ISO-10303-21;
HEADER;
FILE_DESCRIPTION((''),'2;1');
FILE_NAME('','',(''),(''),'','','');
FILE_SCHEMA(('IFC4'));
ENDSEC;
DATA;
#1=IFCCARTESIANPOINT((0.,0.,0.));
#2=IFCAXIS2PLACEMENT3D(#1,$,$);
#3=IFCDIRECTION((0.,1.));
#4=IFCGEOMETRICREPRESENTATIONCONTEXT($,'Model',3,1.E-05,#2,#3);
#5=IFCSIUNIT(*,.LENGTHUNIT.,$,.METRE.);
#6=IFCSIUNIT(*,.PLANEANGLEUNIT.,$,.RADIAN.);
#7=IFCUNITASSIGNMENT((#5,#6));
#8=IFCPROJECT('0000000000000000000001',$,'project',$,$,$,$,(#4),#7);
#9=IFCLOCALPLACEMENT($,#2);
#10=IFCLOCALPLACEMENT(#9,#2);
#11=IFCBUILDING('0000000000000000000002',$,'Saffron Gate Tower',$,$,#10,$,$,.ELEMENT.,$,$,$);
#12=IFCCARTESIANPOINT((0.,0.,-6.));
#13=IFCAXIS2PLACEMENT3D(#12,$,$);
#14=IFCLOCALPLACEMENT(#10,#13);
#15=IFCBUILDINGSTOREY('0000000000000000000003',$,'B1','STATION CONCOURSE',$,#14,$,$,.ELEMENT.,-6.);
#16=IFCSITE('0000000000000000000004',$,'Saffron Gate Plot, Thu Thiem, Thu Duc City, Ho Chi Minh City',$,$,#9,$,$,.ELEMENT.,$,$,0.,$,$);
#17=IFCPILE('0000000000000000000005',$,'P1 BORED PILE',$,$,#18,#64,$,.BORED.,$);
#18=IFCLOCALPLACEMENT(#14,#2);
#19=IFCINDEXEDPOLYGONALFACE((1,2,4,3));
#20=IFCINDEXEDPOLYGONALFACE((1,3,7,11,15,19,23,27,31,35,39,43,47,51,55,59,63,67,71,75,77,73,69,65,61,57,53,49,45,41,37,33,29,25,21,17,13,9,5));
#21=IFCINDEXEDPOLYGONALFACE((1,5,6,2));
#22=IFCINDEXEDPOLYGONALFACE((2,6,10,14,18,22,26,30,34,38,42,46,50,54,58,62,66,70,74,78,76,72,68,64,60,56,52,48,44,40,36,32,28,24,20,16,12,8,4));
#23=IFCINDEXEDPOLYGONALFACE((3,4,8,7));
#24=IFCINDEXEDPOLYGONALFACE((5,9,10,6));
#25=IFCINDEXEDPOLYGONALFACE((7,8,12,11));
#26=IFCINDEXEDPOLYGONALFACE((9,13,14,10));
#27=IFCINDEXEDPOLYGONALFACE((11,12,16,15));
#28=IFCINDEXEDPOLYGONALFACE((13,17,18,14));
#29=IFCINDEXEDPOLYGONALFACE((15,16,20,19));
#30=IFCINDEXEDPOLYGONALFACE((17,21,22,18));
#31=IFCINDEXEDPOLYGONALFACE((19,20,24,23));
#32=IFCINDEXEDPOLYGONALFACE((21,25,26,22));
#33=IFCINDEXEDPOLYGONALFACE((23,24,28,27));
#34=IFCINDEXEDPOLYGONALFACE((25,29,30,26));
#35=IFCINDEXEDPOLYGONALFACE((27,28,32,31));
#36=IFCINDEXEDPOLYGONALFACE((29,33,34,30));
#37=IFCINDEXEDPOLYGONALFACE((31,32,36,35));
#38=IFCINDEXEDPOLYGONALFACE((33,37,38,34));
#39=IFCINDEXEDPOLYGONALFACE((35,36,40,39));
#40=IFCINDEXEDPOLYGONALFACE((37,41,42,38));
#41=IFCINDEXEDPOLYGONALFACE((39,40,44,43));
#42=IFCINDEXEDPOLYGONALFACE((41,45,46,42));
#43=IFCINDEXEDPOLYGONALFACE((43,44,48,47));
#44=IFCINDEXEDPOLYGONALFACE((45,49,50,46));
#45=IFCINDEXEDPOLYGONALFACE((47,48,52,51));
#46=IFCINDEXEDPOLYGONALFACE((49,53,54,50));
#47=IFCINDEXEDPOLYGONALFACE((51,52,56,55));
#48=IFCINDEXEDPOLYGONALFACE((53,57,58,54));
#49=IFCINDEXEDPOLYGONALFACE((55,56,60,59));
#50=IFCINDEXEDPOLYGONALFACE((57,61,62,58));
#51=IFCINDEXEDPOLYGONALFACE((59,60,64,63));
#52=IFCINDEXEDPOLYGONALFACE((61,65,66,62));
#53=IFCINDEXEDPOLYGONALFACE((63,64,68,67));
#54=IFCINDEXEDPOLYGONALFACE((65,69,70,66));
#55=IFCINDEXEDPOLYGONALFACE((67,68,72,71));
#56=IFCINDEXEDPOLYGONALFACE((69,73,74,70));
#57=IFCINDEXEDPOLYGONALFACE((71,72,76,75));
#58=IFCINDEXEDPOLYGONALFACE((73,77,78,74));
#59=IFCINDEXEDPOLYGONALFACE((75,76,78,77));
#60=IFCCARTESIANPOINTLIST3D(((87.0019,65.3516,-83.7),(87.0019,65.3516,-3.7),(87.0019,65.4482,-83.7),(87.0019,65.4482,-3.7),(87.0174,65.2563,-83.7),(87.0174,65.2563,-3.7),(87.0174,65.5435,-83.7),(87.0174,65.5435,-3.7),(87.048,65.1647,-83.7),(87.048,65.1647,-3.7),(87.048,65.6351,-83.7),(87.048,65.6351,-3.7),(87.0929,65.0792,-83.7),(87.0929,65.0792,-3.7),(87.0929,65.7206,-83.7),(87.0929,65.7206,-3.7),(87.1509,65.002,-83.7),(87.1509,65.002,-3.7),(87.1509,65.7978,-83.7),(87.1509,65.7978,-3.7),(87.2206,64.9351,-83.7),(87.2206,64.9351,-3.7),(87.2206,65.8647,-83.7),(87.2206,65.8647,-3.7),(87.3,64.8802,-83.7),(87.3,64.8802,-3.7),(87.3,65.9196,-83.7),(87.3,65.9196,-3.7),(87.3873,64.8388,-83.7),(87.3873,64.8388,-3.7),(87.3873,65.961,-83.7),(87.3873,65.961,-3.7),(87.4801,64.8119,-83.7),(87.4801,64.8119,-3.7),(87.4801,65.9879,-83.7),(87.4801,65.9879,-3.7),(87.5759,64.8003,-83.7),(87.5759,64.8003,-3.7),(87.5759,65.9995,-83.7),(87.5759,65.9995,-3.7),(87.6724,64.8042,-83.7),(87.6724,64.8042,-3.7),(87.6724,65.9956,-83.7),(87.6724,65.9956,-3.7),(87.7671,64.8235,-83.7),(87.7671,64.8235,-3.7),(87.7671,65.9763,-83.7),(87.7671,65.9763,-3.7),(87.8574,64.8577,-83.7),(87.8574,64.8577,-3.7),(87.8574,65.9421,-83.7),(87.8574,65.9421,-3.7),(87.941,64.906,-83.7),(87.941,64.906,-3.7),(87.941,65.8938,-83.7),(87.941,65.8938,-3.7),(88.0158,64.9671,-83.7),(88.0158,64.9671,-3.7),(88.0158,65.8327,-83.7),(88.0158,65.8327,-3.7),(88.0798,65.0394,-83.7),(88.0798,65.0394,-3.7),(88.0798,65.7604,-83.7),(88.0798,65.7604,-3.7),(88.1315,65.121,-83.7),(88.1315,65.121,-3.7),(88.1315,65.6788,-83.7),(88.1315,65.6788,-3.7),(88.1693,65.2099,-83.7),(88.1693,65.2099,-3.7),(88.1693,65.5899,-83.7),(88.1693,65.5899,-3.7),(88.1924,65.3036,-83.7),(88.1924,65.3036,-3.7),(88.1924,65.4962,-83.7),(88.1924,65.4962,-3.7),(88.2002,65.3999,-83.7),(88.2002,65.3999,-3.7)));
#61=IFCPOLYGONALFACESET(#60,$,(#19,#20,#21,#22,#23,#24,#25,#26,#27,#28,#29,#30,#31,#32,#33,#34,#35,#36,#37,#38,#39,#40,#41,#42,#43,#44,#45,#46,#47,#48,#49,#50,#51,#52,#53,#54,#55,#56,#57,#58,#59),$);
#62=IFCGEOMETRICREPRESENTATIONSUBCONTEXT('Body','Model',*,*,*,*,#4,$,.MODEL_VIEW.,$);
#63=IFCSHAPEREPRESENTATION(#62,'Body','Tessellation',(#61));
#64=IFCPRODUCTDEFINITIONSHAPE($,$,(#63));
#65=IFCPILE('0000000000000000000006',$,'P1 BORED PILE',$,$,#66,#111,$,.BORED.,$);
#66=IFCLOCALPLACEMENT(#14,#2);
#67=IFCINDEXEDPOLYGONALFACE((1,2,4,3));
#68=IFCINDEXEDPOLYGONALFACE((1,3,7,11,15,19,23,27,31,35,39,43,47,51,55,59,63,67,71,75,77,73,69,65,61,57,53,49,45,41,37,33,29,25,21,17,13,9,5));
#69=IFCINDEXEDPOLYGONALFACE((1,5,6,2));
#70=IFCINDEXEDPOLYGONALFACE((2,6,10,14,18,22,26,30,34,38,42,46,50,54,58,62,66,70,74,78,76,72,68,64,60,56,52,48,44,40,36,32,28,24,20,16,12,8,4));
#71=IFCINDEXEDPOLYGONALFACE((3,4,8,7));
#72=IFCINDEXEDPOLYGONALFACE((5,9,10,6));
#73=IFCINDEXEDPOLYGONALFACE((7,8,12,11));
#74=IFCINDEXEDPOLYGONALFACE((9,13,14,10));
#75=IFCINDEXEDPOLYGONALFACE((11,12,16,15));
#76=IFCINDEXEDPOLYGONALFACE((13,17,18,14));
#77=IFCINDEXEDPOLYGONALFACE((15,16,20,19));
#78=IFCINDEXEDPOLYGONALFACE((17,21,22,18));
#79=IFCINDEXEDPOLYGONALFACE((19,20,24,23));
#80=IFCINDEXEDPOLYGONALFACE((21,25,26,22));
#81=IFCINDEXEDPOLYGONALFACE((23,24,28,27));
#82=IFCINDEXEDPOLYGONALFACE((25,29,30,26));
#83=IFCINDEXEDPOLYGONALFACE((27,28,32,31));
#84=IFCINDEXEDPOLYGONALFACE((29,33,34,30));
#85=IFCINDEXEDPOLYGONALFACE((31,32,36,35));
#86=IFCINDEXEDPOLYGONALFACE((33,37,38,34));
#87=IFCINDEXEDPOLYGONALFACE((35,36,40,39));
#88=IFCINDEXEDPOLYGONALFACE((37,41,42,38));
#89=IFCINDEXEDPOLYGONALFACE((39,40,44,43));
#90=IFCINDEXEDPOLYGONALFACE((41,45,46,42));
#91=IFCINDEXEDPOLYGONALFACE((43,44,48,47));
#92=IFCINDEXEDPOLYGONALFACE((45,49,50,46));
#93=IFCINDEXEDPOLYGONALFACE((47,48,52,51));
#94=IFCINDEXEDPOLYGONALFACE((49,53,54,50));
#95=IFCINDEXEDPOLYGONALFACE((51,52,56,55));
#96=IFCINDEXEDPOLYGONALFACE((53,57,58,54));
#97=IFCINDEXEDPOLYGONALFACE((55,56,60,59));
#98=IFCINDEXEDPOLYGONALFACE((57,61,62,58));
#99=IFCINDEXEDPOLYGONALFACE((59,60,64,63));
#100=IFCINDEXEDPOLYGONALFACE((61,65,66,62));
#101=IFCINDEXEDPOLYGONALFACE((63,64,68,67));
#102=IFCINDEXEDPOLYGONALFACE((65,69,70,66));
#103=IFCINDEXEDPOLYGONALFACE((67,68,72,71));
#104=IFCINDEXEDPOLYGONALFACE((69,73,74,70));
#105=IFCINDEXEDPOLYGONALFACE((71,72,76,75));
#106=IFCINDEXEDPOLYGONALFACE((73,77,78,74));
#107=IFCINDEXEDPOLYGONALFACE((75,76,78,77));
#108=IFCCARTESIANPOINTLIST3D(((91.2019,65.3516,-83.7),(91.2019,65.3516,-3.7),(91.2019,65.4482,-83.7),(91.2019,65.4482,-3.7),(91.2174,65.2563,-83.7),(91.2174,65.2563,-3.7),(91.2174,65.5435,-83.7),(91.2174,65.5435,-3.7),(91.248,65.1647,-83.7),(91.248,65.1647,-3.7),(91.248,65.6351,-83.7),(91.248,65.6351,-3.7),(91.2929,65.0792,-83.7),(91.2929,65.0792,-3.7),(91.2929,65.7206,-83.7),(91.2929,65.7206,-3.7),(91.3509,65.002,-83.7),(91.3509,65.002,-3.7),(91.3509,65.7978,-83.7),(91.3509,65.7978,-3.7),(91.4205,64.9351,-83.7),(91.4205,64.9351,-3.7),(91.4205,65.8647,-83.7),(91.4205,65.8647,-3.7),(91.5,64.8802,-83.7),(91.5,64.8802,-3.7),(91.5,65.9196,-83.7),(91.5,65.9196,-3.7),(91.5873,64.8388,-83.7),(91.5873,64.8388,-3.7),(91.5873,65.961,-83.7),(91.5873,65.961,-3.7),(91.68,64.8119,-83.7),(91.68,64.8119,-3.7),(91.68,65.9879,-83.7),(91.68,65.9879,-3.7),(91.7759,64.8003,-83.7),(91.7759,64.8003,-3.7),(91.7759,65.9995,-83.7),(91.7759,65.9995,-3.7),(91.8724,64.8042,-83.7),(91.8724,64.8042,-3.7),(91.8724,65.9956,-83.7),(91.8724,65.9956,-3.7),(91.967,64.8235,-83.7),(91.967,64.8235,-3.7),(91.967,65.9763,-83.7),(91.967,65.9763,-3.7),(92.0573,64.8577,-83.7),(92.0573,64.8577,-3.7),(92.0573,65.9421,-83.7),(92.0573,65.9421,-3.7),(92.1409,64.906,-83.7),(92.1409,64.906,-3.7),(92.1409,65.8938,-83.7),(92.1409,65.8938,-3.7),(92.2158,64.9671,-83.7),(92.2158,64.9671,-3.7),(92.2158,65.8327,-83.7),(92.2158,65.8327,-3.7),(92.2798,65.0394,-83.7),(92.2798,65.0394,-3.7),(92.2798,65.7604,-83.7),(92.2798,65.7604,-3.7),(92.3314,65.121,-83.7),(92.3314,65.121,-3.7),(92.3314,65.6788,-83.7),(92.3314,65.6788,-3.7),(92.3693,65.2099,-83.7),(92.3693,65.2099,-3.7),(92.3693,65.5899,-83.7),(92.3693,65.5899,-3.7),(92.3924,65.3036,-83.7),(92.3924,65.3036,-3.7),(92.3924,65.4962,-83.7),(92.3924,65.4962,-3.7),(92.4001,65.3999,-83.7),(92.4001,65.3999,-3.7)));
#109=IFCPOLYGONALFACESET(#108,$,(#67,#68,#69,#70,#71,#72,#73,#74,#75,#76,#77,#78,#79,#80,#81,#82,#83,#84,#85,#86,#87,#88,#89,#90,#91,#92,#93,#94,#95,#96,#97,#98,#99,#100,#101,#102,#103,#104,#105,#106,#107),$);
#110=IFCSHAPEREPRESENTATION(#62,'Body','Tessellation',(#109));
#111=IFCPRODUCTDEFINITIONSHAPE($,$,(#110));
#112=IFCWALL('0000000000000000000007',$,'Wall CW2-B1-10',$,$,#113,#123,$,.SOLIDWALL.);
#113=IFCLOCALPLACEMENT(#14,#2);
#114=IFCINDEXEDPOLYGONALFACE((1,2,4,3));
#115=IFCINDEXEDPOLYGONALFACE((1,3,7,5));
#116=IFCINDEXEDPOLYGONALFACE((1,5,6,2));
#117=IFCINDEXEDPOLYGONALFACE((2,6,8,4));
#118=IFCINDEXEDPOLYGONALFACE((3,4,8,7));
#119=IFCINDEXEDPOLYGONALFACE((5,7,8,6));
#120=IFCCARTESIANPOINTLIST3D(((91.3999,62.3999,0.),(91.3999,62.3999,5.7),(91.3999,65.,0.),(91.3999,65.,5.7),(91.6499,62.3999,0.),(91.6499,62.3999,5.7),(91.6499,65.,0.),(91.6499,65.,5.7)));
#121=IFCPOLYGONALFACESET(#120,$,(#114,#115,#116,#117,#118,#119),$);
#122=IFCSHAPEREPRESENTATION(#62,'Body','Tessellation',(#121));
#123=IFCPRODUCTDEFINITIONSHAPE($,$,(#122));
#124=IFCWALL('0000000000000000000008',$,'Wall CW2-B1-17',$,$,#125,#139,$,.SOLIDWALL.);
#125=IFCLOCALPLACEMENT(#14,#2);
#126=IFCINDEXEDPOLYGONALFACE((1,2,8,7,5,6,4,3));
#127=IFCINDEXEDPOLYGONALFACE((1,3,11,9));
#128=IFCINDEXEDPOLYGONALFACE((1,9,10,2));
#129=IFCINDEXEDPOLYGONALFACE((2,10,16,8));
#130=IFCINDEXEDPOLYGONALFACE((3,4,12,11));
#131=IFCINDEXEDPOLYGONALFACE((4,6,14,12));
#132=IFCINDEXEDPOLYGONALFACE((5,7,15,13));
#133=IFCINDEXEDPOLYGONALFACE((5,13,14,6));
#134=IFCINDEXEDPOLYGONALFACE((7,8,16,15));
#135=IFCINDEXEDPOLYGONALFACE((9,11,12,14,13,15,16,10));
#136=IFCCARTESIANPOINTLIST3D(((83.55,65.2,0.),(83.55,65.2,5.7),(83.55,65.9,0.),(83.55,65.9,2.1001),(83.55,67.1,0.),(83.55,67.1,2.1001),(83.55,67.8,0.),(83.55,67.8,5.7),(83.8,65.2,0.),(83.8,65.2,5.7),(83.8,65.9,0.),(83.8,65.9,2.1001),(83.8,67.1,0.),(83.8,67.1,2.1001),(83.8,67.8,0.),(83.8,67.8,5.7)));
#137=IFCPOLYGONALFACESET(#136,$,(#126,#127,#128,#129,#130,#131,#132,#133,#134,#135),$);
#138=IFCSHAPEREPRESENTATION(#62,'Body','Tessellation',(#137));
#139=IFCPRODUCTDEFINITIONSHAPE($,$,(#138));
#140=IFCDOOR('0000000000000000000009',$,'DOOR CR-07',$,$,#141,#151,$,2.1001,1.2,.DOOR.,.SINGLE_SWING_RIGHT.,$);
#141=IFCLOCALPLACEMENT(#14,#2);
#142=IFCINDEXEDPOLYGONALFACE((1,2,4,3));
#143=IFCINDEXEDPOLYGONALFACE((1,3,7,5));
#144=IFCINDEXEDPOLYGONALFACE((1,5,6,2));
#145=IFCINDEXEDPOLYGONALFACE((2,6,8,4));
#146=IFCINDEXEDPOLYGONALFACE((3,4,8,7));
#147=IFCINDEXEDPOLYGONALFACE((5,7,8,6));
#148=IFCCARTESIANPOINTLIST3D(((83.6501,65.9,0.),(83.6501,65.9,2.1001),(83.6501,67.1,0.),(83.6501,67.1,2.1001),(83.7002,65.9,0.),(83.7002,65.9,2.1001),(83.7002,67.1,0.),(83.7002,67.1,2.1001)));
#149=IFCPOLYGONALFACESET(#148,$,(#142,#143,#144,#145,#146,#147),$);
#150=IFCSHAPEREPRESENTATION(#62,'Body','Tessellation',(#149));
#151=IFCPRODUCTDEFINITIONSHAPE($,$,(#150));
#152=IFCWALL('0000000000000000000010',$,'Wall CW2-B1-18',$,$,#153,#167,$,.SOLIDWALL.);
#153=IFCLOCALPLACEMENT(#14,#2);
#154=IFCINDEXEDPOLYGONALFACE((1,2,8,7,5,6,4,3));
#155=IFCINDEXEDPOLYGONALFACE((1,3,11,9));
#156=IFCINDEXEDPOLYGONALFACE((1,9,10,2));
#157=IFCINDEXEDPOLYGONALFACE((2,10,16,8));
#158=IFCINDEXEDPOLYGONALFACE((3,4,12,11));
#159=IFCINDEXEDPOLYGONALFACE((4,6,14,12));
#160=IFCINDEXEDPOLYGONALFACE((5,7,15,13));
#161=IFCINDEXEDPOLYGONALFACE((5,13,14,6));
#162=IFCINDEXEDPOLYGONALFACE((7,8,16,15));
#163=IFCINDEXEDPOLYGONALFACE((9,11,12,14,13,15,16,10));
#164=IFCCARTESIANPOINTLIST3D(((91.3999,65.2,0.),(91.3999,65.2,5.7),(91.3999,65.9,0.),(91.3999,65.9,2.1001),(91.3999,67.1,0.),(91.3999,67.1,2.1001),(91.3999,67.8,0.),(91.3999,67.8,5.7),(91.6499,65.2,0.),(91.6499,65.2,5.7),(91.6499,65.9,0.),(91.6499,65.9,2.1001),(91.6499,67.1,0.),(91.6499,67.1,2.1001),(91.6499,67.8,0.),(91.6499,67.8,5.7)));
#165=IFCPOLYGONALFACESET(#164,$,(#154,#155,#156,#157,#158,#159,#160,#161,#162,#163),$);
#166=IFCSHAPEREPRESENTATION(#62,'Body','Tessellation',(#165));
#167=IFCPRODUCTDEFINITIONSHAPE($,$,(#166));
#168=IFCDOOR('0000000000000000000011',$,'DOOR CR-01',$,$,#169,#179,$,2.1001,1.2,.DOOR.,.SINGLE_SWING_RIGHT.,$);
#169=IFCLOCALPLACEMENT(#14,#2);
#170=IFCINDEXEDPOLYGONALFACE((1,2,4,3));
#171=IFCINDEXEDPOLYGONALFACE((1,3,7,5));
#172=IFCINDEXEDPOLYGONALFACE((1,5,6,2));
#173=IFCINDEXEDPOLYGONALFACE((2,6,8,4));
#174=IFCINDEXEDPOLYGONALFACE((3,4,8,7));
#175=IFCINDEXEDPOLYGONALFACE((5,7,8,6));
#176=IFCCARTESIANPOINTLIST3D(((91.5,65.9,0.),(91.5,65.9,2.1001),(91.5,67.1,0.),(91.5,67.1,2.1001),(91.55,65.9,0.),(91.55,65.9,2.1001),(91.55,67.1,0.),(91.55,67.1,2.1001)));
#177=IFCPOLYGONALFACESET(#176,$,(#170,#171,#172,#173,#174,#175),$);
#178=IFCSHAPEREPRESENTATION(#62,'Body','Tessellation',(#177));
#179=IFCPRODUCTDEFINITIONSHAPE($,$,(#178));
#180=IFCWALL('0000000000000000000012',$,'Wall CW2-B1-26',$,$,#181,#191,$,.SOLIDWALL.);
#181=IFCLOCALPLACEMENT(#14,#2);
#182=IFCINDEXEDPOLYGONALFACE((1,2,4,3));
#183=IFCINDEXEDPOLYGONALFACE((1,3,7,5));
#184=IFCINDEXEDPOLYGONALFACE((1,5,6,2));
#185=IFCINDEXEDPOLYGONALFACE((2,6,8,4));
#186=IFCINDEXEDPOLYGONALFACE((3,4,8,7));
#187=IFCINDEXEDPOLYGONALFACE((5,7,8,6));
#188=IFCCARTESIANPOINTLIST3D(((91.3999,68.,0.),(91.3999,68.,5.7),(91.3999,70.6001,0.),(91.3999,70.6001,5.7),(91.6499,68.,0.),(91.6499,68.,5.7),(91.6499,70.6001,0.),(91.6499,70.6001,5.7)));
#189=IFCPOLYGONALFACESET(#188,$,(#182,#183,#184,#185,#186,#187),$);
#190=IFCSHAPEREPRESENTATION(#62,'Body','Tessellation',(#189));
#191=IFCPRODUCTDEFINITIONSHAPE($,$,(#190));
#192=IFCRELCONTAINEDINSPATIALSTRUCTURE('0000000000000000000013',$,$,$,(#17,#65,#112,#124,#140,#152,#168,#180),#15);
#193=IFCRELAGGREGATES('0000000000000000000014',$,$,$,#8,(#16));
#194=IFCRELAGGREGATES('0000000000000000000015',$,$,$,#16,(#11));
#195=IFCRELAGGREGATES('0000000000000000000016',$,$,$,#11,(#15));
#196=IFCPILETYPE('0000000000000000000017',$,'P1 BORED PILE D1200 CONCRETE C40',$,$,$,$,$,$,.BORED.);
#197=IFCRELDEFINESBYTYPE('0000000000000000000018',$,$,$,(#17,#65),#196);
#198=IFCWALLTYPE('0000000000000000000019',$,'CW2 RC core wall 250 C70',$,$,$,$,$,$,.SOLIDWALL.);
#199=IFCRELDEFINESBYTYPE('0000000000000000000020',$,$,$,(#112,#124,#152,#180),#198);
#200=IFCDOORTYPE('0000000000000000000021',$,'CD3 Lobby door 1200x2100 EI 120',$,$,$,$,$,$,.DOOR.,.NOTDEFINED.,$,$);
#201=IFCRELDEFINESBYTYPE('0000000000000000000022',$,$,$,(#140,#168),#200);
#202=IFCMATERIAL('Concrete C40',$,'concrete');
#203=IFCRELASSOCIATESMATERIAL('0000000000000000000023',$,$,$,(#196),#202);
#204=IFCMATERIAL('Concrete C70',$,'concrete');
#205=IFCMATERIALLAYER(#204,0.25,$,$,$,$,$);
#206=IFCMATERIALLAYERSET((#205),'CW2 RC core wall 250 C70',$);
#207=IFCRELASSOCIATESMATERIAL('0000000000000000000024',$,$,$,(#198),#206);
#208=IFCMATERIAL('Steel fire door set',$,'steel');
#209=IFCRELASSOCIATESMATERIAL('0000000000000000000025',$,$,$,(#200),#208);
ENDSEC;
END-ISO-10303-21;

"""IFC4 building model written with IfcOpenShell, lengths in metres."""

from ifc_helpers import new_model, si_unit, direction, frame, frame_2d, origin, origin_2d, place, context, subcontext, project, spatial, rectangle, circle, extrude, material, layer, layer_set, material_profile, profile_set, type_object, element, fill, save


model = new_model("IFC4")

# Units and contexts
model_context = context("Model", 3, precision=1e-05, world=origin(), true_north=direction((0.0, 1.0)))
body_context = subcontext(model_context, "Body", "Model", "MODEL_VIEW")
ifc_project = project(units=[si_unit("LENGTHUNIT", "METRE"), si_unit("PLANEANGLEUNIT", "RADIAN")], contexts=[model_context])

# Site, building, storey
site_placement = place(None, origin())
site = spatial("IfcSite", under=ifc_project, at=site_placement, Name="Saffron Gate Plot, Thu Thiem, Thu Duc City, Ho Chi Minh City", CompositionType="ELEMENT", RefElevation=0.0)
building_placement = place(site_placement, origin())
building = spatial("IfcBuilding", under=site, at=building_placement, Name="Saffron Gate Tower", CompositionType="ELEMENT")
storey_placement = place(building_placement, frame((0.0, 0.0, -6.0)))
storey = spatial("IfcBuildingStorey", under=building, at=storey_placement, Name="B1", Description="STATION CONCOURSE", CompositionType="ELEMENT", Elevation=-6.0)

# Piles
ifc_material_1 = material(Name="Concrete C40", Category="concrete")
ifc_material_profile = material_profile(ifc_material_1, circle(Radius=0.6001, at=origin_2d()))
ifc_profile_set = profile_set([ifc_material_profile], Name="Concrete C40")
pile_type = type_object("IfcPileType", Name="P1 BORED PILE D1200 CONCRETE C40", PredefinedType="BORED", material=ifc_profile_set)
for number, where, z_axis, x_axis, name in (
    (1, (87.6001, 65.3999, -3.7), (0.0, 0.0, -1.0), (1.0, 0.0, 0.0), "P1 BORED PILE"),
    (2, (91.8, 65.3999, -3.7), (0.0, 0.0, -1.0), (1.0, 0.0, 0.0), "P1 BORED PILE"),
):
    element("IfcPile", number, at=place(storey_placement, frame(where, z_axis=z_axis, x_axis=x_axis)), inside=storey, type_object=pile_type, Name=name, PredefinedType="BORED", context=body_context, shape_type="SweptSolid", body=[
        extrude(circle(Radius=0.6001, at=origin_2d()), origin(), (0.0, 0.0, 1.0), 80.0),
    ])

# Wall
ifc_material_2 = material(Name="Concrete C70", Category="concrete")
ifc_layer_1 = layer(ifc_material_2, 0.25)
ifc_layer_set_1 = layer_set([ifc_layer_1], Name="CW2 RC core wall 250 C70")
wall_type_1 = type_object("IfcWallType", Name="CW2 RC core wall 250 C70", PredefinedType="SOLIDWALL", material=ifc_layer_set_1)
wall_1_placement = place(storey_placement, frame((91.5249, 62.3999, 0.0), z_axis=(0.0, 0.0, 1.0), x_axis=(0.0, 1.0, 0.0)))
element("IfcWall", 3, at=wall_1_placement, inside=storey, type_object=wall_type_1, Name="Wall CW2-B1-10", PredefinedType="SOLIDWALL", context=body_context, shape_type="SweptSolid", body=[
    extrude(rectangle(XDim=2.6001, YDim=0.25, at=frame_2d((1.3, 0.0))), origin(), (0.0, 0.0, 1.0), 5.7),
])

# Walls, openings, doors
wall_2_placement = place(storey_placement, frame((83.675, 65.2, 0.0), z_axis=(0.0, 0.0, 1.0), x_axis=(0.0, 1.0, 0.0)))
wall_2 = element("IfcWall", 4, at=wall_2_placement, inside=storey, type_object=wall_type_1, Name="Wall CW2-B1-17", PredefinedType="SOLIDWALL", context=body_context, shape_type="SweptSolid", body=[
    extrude(rectangle(XDim=2.6001, YDim=0.25, at=frame_2d((1.3, 0.0))), origin(), (0.0, 0.0, 1.0), 5.7),
])
opening_1_placement = place(wall_2_placement, frame((0.7, 0.0, 0.0)))
opening_1 = element("IfcOpeningElement", 5, at=opening_1_placement, cuts=wall_2, PredefinedType="OPENING", context=body_context, shape_type="SweptSolid", body=[
    extrude(rectangle(XDim=1.2, YDim=2.1001, at=frame_2d((0.6001, 1.05))), frame((0.0, 0.135, 0.0), z_axis=(0.0, -1.0, 0.0), x_axis=(1.0, 0.0, 0.0)), (0.0, 0.0, 1.0), 0.27),
])
ifc_material_3 = material(Name="Steel fire door set", Category="steel")
door_type_1 = type_object("IfcDoorType", Name="CD3 Lobby door 1200x2100 EI 120", OperationType="NOTDEFINED", PredefinedType="DOOR", material=ifc_material_3)
door_1_placement = place(opening_1_placement, origin())
door_1 = element("IfcDoor", 6, at=door_1_placement, inside=storey, type_object=door_type_1, Name="DOOR CR-07", OperationType="SINGLE_SWING_RIGHT", OverallHeight=2.1001, OverallWidth=1.2, PredefinedType="DOOR", context=body_context, shape_type="SweptSolid", body=[
    extrude(rectangle(XDim=1.2, YDim=2.1001, at=frame_2d((0.6001, 1.05))), frame((0.0, 0.0249, 0.0), z_axis=(0.0, -1.0, 0.0), x_axis=(1.0, 0.0, 0.0)), (0.0, 0.0, 1.0), 0.05),
])
fill(opening_1, door_1)
wall_3_placement = place(storey_placement, frame((91.5249, 65.2, 0.0), z_axis=(0.0, 0.0, 1.0), x_axis=(0.0, 1.0, 0.0)))
wall_3 = element("IfcWall", 7, at=wall_3_placement, inside=storey, type_object=wall_type_1, Name="Wall CW2-B1-18", PredefinedType="SOLIDWALL", context=body_context, shape_type="SweptSolid", body=[
    extrude(rectangle(XDim=2.6001, YDim=0.25, at=frame_2d((1.3, 0.0))), origin(), (0.0, 0.0, 1.0), 5.7),
])
opening_2_placement = place(wall_3_placement, frame((0.7, 0.0, 0.0)))
opening_2 = element("IfcOpeningElement", 8, at=opening_2_placement, cuts=wall_3, PredefinedType="OPENING", context=body_context, shape_type="SweptSolid", body=[
    extrude(rectangle(XDim=1.2, YDim=2.1001, at=frame_2d((0.6001, 1.05))), frame((0.0, 0.135, 0.0), z_axis=(0.0, -1.0, 0.0), x_axis=(1.0, 0.0, 0.0)), (0.0, 0.0, 1.0), 0.27),
])
door_2_placement = place(opening_2_placement, origin())
door_2 = element("IfcDoor", 9, at=door_2_placement, inside=storey, type_object=door_type_1, Name="DOOR CR-01", OperationType="SINGLE_SWING_RIGHT", OverallHeight=2.1001, OverallWidth=1.2, PredefinedType="DOOR", context=body_context, shape_type="SweptSolid", body=[
    extrude(rectangle(XDim=1.2, YDim=2.1001, at=frame_2d((0.6001, 1.05))), frame((0.0, 0.0249, 0.0), z_axis=(0.0, -1.0, 0.0), x_axis=(1.0, 0.0, 0.0)), (0.0, 0.0, 1.0), 0.05),
])
fill(opening_2, door_2)

# Wall
wall_4_placement = place(storey_placement, frame((91.5249, 68.0, 0.0), z_axis=(0.0, 0.0, 1.0), x_axis=(0.0, 1.0, 0.0)))
element("IfcWall", 10, at=wall_4_placement, inside=storey, type_object=wall_type_1, Name="Wall CW2-B1-26", PredefinedType="SOLIDWALL", context=body_context, shape_type="SweptSolid", body=[
    extrude(rectangle(XDim=2.6001, YDim=0.25, at=frame_2d((1.3, 0.0))), origin(), (0.0, 0.0, 1.0), 5.7),
])

save(model, "model.ifc")
